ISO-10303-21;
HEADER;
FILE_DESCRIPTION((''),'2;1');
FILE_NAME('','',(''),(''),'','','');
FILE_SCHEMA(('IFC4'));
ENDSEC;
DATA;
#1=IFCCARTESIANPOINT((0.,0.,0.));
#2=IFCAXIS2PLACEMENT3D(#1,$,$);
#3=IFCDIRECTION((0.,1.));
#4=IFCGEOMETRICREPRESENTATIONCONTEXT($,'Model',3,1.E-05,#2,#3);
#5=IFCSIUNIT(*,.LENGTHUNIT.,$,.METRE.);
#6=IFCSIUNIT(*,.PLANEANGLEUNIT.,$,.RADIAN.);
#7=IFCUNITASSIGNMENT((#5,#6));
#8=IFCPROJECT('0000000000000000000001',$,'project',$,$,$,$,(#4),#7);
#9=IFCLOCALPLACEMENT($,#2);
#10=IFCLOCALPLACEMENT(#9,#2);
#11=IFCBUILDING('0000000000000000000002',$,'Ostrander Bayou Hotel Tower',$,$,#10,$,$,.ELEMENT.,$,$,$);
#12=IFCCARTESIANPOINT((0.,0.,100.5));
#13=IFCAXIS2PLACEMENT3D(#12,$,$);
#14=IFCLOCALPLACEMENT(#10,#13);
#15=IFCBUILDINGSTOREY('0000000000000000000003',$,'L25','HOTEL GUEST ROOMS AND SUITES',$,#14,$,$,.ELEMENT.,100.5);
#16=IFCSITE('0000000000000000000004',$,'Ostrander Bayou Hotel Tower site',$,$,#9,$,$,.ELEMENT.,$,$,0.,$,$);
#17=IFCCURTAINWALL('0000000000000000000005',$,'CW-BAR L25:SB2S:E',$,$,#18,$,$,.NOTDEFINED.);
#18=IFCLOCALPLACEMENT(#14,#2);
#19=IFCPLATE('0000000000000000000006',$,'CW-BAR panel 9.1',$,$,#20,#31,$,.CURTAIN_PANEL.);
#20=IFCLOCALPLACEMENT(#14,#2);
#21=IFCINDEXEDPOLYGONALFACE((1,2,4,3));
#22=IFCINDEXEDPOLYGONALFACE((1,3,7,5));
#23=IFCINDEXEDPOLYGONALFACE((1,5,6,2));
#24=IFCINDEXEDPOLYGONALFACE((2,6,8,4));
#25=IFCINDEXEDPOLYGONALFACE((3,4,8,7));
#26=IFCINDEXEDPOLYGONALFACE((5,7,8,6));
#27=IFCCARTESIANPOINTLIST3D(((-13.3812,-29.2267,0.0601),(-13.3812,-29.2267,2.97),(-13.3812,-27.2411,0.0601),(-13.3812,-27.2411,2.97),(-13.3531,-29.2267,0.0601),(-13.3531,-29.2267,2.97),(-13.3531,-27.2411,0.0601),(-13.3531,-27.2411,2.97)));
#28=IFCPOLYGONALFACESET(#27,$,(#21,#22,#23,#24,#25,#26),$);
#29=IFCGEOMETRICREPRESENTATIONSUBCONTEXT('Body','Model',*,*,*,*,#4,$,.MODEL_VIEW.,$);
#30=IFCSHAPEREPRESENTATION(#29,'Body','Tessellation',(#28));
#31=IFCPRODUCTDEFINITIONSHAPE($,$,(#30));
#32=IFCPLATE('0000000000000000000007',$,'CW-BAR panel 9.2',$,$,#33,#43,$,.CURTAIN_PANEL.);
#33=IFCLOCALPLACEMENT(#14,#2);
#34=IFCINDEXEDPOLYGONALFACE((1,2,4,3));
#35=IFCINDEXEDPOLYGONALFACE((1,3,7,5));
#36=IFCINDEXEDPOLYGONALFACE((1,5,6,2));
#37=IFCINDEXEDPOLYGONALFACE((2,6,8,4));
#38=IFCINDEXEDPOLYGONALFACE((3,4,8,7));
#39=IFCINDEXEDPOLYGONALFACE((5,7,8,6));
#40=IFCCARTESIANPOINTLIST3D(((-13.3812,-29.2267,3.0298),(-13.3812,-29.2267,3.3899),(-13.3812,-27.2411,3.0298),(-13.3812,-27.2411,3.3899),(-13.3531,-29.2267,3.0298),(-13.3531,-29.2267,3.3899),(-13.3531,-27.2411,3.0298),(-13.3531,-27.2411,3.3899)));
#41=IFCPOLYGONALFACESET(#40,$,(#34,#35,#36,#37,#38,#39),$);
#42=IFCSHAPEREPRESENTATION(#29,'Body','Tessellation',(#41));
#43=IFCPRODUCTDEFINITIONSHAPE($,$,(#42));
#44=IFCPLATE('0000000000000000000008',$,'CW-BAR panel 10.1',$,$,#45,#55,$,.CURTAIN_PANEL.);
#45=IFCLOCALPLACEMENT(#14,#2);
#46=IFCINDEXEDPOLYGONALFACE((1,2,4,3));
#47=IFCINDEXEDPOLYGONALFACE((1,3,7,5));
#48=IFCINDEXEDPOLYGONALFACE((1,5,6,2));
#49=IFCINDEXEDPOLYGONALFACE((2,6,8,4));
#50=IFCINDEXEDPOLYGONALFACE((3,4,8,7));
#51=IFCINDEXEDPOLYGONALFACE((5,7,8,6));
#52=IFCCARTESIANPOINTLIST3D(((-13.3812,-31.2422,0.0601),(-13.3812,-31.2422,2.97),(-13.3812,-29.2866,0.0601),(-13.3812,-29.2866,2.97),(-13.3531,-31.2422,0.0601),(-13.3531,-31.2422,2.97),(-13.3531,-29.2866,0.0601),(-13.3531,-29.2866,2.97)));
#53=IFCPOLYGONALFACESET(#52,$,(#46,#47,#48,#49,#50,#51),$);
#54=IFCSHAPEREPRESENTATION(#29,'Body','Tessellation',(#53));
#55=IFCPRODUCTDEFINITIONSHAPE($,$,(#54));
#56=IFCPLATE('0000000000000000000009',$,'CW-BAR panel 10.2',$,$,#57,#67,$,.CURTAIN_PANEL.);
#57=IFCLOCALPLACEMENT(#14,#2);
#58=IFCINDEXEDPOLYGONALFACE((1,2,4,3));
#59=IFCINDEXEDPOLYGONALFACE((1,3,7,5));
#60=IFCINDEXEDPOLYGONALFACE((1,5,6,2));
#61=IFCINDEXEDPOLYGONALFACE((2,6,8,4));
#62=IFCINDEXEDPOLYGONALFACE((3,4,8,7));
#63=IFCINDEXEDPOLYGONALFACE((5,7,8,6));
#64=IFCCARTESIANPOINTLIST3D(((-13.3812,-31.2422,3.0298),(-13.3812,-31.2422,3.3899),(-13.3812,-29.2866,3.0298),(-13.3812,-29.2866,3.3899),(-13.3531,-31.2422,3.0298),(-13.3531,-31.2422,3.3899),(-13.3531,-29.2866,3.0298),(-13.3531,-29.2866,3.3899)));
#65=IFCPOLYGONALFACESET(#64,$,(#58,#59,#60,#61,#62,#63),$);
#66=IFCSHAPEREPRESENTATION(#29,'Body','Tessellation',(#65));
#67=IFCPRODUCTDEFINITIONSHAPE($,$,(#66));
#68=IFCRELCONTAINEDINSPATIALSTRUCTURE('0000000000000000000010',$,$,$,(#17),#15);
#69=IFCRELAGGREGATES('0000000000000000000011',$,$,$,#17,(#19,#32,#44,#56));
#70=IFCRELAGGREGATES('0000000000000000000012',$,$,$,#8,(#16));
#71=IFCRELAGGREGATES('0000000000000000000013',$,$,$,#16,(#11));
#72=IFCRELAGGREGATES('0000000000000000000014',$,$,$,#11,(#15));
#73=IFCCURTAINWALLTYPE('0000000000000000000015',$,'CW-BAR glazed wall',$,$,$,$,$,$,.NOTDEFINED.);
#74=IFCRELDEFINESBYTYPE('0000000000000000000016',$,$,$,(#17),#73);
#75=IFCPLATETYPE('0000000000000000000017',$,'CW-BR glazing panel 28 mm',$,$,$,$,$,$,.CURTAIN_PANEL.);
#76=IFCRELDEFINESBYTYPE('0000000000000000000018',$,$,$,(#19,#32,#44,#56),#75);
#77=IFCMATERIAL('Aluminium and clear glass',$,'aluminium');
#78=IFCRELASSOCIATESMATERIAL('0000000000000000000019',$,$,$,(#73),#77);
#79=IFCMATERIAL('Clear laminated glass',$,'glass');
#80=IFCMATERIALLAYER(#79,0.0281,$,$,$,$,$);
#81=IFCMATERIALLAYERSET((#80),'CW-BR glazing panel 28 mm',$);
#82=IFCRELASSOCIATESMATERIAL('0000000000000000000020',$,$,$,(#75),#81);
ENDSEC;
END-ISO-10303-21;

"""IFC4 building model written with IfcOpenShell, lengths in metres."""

from ifc_helpers import new_model, si_unit, direction, frame, origin, origin_2d, place, context, subcontext, project, spatial, rectangle, extrude, material, layer, layer_set, type_object, element, aggregate, save


model = new_model("IFC4")

# Units and contexts
model_context = context("Model", 3, precision=1e-05, world=origin(), true_north=direction((0.0, 1.0)))
body_context = subcontext(model_context, "Body", "Model", "MODEL_VIEW")
ifc_project = project(units=[si_unit("LENGTHUNIT", "METRE"), si_unit("PLANEANGLEUNIT", "RADIAN")], contexts=[model_context])

# Site, building, storey
site_placement = place(None, origin())
site = spatial("IfcSite", under=ifc_project, at=site_placement, Name="Ostrander Bayou Hotel Tower site", CompositionType="ELEMENT", RefElevation=0.0)
building_placement = place(site_placement, origin())
building = spatial("IfcBuilding", under=site, at=building_placement, Name="Ostrander Bayou Hotel Tower", CompositionType="ELEMENT")
storey_placement = place(building_placement, frame((0.0, 0.0, 100.5)))
storey = spatial("IfcBuildingStorey", under=building, at=storey_placement, Name="L25", Description="HOTEL GUEST ROOMS AND SUITES", CompositionType="ELEMENT", Elevation=100.5)

# Curtain wall
ifc_material_1 = material(Name="Aluminium and clear glass", Category="aluminium")
curtain_wall_type = type_object("IfcCurtainWallType", Name="CW-BAR glazed wall", PredefinedType="NOTDEFINED", material=ifc_material_1)
curtain_wall_placement = place(storey_placement, origin())
curtain_wall = element("IfcCurtainWall", 1, at=curtain_wall_placement, inside=storey, type_object=curtain_wall_type, Name="CW-BAR L25:SB2S:E", PredefinedType="NOTDEFINED")

# Plates
ifc_material_2 = material(Name="Clear laminated glass", Category="glass")
ifc_layer_1 = layer(ifc_material_2, 0.0281)
ifc_layer_set_1 = layer_set([ifc_layer_1], Name="CW-BR glazing panel 28 mm")
plate_type = type_object("IfcPlateType", Name="CW-BR glazing panel 28 mm", PredefinedType="CURTAIN_PANEL", material=ifc_layer_set_1)
plate_1_placement = place(storey_placement, frame((-13.3672, -28.2339, 0.0601), z_axis=(0.0, 0.0, 1.0), x_axis=(0.0, -1.0, 0.0)))
plate_1 = element("IfcPlate", 2, at=plate_1_placement, type_object=plate_type, Name="CW-BAR panel 9.1", PredefinedType="CURTAIN_PANEL", context=body_context, shape_type="SweptSolid", body=[
    extrude(rectangle(XDim=1.9856, YDim=0.0281, at=origin_2d()), origin(), (0.0, 0.0, 1.0), 2.9099),
])
plate_2_placement = place(storey_placement, frame((-13.3672, -28.2339, 3.0298), z_axis=(0.0, 0.0, 1.0), x_axis=(0.0, -1.0, 0.0)))
plate_2 = element("IfcPlate", 3, at=plate_2_placement, type_object=plate_type, Name="CW-BAR panel 9.2", PredefinedType="CURTAIN_PANEL", context=body_context, shape_type="SweptSolid", body=[
    extrude(rectangle(XDim=1.9856, YDim=0.0281, at=origin_2d()), origin(), (0.0, 0.0, 1.0), 0.3601),
])
plate_3_placement = place(storey_placement, frame((-13.3672, -30.2644, 0.0601), z_axis=(0.0, 0.0, 1.0), x_axis=(0.0, -1.0, 0.0)))
plate_3 = element("IfcPlate", 4, at=plate_3_placement, type_object=plate_type, Name="CW-BAR panel 10.1", PredefinedType="CURTAIN_PANEL", context=body_context, shape_type="SweptSolid", body=[
    extrude(rectangle(XDim=1.9556, YDim=0.0281, at=origin_2d()), origin(), (0.0, 0.0, 1.0), 2.9099),
])
plate_4_placement = place(storey_placement, frame((-13.3672, -30.2644, 3.0298), z_axis=(0.0, 0.0, 1.0), x_axis=(0.0, -1.0, 0.0)))
plate_4 = element("IfcPlate", 5, at=plate_4_placement, type_object=plate_type, Name="CW-BAR panel 10.2", PredefinedType="CURTAIN_PANEL", context=body_context, shape_type="SweptSolid", body=[
    extrude(rectangle(XDim=1.9556, YDim=0.0281, at=origin_2d()), origin(), (0.0, 0.0, 1.0), 0.3601),
])
aggregate(curtain_wall, [plate_1, plate_2, plate_3, plate_4])

save(model, "model.ifc")
